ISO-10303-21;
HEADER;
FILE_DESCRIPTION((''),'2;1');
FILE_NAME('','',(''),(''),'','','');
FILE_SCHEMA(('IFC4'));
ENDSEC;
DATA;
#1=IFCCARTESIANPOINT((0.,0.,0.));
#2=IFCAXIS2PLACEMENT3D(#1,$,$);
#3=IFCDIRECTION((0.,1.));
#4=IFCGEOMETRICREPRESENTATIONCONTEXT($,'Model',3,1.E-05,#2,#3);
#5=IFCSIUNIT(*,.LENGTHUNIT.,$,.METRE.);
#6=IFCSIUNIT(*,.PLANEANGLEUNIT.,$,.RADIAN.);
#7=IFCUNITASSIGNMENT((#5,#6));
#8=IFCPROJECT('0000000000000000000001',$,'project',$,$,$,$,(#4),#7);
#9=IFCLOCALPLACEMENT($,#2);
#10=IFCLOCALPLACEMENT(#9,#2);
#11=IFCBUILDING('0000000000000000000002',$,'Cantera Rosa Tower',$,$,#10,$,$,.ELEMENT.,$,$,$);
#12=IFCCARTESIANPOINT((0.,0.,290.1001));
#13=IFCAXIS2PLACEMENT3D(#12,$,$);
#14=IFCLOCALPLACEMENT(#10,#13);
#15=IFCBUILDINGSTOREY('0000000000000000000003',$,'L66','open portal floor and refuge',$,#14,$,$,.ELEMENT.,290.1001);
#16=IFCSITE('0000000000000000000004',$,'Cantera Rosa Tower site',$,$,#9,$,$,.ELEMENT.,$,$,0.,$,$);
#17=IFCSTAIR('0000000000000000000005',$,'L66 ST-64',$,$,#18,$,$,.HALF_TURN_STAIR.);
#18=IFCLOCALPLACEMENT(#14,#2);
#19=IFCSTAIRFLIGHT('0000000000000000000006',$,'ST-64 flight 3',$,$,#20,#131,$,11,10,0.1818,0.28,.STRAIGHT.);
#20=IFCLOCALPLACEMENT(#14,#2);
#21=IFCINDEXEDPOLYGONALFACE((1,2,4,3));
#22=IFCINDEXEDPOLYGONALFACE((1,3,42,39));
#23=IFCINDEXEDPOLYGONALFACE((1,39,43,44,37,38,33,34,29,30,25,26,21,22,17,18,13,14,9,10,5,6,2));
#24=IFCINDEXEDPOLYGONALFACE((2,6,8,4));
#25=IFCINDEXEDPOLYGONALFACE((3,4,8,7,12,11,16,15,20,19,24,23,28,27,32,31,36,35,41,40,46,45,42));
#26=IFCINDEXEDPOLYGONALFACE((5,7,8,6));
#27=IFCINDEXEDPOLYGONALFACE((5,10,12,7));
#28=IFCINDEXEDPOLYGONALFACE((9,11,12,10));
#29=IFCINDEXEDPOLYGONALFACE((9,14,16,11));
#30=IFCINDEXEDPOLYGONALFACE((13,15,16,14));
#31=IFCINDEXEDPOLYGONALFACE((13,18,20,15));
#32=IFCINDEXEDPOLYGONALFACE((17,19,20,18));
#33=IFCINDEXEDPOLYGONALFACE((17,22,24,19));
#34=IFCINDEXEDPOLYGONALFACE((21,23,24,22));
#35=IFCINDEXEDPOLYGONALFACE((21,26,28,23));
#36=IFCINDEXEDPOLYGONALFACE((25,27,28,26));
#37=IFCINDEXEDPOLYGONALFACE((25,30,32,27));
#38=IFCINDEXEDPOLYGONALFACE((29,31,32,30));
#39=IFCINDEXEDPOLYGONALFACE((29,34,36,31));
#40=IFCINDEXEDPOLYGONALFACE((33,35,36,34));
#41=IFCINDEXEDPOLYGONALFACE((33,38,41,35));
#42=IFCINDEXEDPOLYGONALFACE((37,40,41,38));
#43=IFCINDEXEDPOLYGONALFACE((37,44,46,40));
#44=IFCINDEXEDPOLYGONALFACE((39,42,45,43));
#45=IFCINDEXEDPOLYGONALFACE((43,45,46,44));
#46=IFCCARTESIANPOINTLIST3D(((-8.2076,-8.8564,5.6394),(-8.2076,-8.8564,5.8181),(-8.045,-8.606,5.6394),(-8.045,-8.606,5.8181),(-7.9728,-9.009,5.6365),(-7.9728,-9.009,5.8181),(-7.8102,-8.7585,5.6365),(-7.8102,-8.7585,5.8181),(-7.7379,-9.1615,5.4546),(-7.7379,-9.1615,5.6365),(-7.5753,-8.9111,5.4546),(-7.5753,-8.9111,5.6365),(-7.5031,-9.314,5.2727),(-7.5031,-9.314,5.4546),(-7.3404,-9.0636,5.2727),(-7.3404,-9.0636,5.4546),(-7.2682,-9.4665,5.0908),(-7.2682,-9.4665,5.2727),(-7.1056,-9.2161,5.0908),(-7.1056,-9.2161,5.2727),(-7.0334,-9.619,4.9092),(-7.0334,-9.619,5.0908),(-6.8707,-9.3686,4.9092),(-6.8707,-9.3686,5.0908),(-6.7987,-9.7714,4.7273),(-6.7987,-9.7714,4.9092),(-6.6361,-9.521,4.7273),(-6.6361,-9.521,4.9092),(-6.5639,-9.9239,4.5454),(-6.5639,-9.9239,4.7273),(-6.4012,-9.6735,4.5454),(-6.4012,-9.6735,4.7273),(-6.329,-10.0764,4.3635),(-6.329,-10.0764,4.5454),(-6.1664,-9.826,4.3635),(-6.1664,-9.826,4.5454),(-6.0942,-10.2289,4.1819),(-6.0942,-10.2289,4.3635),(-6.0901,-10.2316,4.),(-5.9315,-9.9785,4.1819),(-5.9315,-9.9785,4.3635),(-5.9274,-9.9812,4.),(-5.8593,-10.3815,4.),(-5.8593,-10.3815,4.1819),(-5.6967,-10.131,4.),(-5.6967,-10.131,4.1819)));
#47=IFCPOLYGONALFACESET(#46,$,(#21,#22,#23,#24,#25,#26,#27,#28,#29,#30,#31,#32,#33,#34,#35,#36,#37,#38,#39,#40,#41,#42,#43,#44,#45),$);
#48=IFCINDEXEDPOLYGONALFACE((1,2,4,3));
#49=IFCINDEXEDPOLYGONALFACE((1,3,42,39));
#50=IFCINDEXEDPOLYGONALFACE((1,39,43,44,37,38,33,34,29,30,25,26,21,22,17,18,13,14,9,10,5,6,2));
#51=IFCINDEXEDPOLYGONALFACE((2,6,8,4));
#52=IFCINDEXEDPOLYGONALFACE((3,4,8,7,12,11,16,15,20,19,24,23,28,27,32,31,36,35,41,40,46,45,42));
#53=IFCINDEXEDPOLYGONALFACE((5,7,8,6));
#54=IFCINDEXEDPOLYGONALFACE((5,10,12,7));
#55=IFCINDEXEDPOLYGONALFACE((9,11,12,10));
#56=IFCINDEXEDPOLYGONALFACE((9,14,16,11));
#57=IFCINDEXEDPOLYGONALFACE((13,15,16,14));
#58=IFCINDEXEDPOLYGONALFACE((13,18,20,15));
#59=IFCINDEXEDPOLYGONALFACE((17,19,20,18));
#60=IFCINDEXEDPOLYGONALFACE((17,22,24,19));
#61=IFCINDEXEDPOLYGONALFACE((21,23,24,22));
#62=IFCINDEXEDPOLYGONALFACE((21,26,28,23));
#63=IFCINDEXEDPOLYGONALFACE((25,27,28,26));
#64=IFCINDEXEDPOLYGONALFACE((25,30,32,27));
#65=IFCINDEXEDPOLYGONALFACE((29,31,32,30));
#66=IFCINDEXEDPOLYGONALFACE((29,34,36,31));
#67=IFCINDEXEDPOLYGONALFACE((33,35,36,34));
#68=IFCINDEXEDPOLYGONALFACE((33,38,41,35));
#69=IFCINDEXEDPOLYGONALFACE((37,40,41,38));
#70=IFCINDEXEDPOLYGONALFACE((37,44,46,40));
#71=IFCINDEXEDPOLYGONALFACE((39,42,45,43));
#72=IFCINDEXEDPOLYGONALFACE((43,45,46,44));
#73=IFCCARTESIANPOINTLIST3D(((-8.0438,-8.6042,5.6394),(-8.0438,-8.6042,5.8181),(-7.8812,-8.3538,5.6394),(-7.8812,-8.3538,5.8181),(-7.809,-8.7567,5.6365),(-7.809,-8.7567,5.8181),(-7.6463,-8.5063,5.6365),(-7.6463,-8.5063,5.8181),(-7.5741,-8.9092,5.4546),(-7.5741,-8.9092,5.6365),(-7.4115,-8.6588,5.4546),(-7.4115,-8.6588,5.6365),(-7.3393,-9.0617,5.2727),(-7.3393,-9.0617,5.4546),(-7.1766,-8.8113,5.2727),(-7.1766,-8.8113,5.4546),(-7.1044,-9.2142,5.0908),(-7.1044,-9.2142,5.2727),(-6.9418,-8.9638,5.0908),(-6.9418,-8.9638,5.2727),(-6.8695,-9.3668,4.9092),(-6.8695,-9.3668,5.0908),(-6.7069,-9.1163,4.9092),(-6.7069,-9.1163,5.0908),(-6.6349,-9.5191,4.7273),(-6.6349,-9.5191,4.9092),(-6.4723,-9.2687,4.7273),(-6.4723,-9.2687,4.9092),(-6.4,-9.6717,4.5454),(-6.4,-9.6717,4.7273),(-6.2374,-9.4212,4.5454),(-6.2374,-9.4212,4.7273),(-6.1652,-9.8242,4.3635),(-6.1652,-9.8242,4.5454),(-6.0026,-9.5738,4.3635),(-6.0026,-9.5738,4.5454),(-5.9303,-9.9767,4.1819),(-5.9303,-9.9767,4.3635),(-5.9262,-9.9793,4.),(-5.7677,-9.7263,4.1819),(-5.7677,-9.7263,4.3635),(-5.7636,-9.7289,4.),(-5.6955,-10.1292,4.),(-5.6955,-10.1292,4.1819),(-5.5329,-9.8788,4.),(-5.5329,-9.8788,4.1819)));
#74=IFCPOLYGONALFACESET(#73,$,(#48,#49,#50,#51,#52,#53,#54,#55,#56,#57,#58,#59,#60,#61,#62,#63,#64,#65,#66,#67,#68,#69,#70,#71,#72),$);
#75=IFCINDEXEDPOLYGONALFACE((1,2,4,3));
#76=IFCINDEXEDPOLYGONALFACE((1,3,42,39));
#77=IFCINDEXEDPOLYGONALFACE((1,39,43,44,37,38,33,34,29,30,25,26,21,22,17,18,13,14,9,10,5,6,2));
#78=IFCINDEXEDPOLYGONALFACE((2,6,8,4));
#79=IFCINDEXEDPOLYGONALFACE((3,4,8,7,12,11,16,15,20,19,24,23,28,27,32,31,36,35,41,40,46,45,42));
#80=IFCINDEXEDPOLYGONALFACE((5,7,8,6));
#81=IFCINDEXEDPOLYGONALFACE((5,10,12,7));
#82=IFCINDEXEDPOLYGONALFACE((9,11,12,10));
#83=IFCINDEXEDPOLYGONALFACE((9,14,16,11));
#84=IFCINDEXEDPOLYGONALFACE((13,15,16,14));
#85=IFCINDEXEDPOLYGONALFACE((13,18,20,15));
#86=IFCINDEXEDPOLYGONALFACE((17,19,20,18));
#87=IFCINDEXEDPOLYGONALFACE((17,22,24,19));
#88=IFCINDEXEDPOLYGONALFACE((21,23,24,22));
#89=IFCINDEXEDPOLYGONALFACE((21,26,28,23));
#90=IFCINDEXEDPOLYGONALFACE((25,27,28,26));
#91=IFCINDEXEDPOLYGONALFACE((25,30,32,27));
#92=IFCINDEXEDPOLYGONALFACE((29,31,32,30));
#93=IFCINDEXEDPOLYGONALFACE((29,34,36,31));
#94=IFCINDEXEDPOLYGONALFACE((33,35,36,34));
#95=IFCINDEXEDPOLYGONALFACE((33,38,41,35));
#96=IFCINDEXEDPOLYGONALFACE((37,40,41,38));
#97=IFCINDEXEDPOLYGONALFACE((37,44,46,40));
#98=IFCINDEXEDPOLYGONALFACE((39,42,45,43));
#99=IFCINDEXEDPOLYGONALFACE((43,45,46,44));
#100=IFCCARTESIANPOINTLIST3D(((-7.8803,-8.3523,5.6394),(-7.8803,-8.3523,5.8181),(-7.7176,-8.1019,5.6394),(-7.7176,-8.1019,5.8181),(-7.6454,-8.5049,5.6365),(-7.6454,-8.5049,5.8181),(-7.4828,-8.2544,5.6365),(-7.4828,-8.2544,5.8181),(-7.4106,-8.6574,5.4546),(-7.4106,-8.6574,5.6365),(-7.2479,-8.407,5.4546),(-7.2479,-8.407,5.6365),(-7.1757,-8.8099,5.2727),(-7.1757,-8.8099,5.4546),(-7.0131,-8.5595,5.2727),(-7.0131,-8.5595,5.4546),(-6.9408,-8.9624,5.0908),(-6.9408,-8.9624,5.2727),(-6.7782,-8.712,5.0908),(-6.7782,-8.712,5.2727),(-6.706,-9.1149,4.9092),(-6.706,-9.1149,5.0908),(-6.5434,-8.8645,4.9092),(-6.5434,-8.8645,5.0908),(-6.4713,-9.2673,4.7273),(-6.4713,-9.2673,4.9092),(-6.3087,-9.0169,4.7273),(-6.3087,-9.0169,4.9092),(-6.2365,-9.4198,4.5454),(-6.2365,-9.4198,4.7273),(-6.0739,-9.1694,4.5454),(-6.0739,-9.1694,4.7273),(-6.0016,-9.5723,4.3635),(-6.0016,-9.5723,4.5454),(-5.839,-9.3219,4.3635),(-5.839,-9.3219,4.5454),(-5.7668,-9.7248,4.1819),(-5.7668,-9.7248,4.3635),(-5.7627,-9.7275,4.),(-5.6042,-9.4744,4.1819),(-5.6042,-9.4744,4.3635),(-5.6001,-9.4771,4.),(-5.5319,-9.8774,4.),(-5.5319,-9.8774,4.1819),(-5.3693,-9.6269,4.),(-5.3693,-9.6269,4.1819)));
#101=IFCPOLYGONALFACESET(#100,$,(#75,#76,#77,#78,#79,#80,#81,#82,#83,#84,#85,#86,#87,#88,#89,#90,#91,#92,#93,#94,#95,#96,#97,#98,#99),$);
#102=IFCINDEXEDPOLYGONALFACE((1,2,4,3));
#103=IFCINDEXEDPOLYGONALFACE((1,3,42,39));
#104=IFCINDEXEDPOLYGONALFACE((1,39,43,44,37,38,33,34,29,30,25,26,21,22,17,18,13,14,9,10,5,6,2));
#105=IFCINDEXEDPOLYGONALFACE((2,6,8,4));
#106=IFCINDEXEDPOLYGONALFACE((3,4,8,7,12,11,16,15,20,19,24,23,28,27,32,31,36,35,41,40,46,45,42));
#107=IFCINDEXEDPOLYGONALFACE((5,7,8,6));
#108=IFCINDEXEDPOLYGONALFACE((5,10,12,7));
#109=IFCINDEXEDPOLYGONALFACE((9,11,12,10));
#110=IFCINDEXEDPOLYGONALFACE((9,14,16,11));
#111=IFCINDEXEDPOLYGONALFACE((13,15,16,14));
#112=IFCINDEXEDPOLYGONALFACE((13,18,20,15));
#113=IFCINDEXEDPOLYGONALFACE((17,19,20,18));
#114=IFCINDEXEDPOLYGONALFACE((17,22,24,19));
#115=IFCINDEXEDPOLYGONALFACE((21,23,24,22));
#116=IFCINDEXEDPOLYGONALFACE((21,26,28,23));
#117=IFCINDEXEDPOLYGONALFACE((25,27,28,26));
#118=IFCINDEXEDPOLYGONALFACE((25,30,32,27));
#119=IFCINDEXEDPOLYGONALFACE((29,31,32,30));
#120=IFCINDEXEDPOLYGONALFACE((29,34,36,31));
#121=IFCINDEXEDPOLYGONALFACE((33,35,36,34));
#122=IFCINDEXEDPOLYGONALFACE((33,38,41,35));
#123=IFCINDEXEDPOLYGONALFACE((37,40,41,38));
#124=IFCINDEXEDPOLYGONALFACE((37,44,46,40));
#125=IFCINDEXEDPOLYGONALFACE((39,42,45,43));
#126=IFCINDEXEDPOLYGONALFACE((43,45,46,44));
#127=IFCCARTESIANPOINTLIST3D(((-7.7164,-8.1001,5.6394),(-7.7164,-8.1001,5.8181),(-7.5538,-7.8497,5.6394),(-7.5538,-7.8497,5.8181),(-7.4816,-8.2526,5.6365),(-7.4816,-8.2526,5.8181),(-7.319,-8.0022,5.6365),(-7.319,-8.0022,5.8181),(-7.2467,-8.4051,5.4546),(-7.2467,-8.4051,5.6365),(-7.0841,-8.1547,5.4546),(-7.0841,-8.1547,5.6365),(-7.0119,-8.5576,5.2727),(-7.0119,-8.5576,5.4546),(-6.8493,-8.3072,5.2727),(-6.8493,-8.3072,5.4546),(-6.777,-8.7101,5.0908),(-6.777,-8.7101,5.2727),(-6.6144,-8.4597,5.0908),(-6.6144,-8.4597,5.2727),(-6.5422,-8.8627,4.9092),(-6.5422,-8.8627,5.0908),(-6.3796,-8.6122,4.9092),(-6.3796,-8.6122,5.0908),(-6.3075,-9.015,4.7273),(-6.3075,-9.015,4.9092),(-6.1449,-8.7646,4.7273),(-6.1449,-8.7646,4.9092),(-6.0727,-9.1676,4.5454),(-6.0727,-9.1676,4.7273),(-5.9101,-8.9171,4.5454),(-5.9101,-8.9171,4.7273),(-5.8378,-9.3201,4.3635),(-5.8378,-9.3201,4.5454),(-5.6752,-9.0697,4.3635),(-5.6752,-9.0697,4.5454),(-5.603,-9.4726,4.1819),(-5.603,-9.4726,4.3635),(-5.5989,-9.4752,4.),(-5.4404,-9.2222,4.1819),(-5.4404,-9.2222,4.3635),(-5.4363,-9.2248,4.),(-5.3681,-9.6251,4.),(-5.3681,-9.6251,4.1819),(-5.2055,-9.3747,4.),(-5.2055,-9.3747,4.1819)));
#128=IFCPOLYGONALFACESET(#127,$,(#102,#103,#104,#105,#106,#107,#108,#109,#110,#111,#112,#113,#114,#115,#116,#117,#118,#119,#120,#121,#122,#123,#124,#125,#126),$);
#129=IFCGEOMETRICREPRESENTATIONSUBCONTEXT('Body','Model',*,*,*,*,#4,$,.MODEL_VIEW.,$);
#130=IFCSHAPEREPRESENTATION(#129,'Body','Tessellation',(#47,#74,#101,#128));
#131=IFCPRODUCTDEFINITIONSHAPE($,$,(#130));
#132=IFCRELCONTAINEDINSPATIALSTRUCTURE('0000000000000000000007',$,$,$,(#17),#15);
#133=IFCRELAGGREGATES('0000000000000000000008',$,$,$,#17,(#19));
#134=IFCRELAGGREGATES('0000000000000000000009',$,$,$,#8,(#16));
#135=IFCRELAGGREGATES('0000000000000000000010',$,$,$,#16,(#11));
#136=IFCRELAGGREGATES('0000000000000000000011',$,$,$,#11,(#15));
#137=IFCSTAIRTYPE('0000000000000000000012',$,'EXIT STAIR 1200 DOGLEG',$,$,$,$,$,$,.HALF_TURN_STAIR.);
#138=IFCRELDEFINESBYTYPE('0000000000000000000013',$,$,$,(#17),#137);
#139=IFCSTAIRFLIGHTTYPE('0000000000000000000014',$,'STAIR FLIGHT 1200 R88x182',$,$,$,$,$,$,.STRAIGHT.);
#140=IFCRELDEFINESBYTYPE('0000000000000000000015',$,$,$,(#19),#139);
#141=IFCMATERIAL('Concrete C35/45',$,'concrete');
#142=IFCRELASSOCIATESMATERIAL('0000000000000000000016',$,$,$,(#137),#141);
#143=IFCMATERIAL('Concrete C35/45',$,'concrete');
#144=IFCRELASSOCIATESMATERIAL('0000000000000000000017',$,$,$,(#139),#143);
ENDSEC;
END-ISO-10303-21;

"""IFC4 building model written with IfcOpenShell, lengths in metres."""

from ifc_helpers import new_model, si_unit, direction, frame, origin, place, context, subcontext, project, spatial, polyline, outline, extrude, material, type_object, element, aggregate, save


model = new_model("IFC4")

# Units and contexts
model_context = context("Model", 3, precision=1e-05, world=origin(), true_north=direction((0.0, 1.0)))
body_context = subcontext(model_context, "Body", "Model", "MODEL_VIEW")
ifc_project = project(units=[si_unit("LENGTHUNIT", "METRE"), si_unit("PLANEANGLEUNIT", "RADIAN")], contexts=[model_context])

# Site, building, storey
site_placement = place(None, origin())
site = spatial("IfcSite", under=ifc_project, at=site_placement, Name="Cantera Rosa Tower site", CompositionType="ELEMENT", RefElevation=0.0)
building_placement = place(site_placement, origin())
building = spatial("IfcBuilding", under=site, at=building_placement, Name="Cantera Rosa Tower", CompositionType="ELEMENT")
storey_placement = place(building_placement, frame((0.0, 0.0, 290.1001)))
storey = spatial("IfcBuildingStorey", under=building, at=storey_placement, Name="L66", Description="open portal floor and refuge", CompositionType="ELEMENT", Elevation=290.1001)

# Stair, stair flight
ifc_material_1 = material(Name="Concrete C35/45", Category="concrete")
stair_type = type_object("IfcStairType", Name="EXIT STAIR 1200 DOGLEG", PredefinedType="HALF_TURN_STAIR", material=ifc_material_1)
stair_placement = place(storey_placement, origin())
stair = element("IfcStair", 1, at=stair_placement, inside=storey, type_object=stair_type, Name="L66 ST-64", PredefinedType="HALF_TURN_STAIR")
ifc_material_2 = material(Name="Concrete C35/45", Category="concrete")
stair_flight_type = type_object("IfcStairFlightType", Name="STAIR FLIGHT 1200 R88x182", PredefinedType="STRAIGHT", material=ifc_material_2)
stair_flight_1_placement = place(storey_placement, frame((-5.5325, -9.8782, 4.0), z_axis=(0.0, 0.0, 1.0), x_axis=(-0.838671, 0.544639, 0.0)))
stair_flight_1 = element("IfcStairFlight", 2, at=stair_flight_1_placement, type_object=stair_flight_type, Name="ST-64 flight 3", NumberOfRisers=11, NumberOfTreads=10, PredefinedType="STRAIGHT", RiserHeight=0.1818, TreadLength=0.28, context=body_context, shape_type="SweptSolid", body=[
    extrude(outline(polyline([(0.0, 0.0), (0.0, 0.1819), (0.28, 0.1819), (0.28, 0.3635), (0.5601, 0.3635), (0.5601, 0.5454), (0.8401, 0.5454), (0.8401, 0.7273), (1.1201, 0.7273), (1.1201, 0.9092), (1.3999, 0.9092), (1.3999, 1.0908), (1.6799, 1.0908), (1.6799, 1.2727), (1.96, 1.2727), (1.96, 1.4546), (2.24, 1.4546), (2.24, 1.6365), (2.52, 1.6365), (2.52, 1.8181), (2.8, 1.8181), (2.8, 2.0), (2.8, 1.6394), (0.2751, 0.0), (0.0, 0.0)])), frame((0.0, 0.6001, 0.0), z_axis=(0.0, -1.0, 0.0), x_axis=(1.0, 0.0, 0.0)), (0.0, 0.0, 1.0), 0.2986),
    extrude(outline(polyline([(0.0, 0.0), (0.0, 0.1819), (0.28, 0.1819), (0.28, 0.3635), (0.5601, 0.3635), (0.5601, 0.5454), (0.8401, 0.5454), (0.8401, 0.7273), (1.1201, 0.7273), (1.1201, 0.9092), (1.3999, 0.9092), (1.3999, 1.0908), (1.6799, 1.0908), (1.6799, 1.2727), (1.96, 1.2727), (1.96, 1.4546), (2.24, 1.4546), (2.24, 1.6365), (2.52, 1.6365), (2.52, 1.8181), (2.8, 1.8181), (2.8, 2.0), (2.8, 1.6394), (0.2751, 0.0), (0.0, 0.0)])), frame((0.0, 0.2993, 0.0), z_axis=(0.0, -1.0, 0.0), x_axis=(1.0, 0.0, 0.0)), (0.0, 0.0, 1.0), 0.2986),
    extrude(outline(polyline([(0.0, 0.0), (0.0, 0.1819), (0.28, 0.1819), (0.28, 0.3635), (0.5601, 0.3635), (0.5601, 0.5454), (0.8401, 0.5454), (0.8401, 0.7273), (1.1201, 0.7273), (1.1201, 0.9092), (1.3999, 0.9092), (1.3999, 1.0908), (1.6799, 1.0908), (1.6799, 1.2727), (1.96, 1.2727), (1.96, 1.4546), (2.24, 1.4546), (2.24, 1.6365), (2.52, 1.6365), (2.52, 1.8181), (2.8, 1.8181), (2.8, 2.0), (2.8, 1.6394), (0.2751, 0.0), (0.0, 0.0)])), frame((0.0, -0.001, 0.0), z_axis=(0.0, -1.0, 0.0), x_axis=(1.0, 0.0, 0.0)), (0.0, 0.0, 1.0), 0.2986),
    extrude(outline(polyline([(0.0, 0.0), (0.0, 0.1819), (0.28, 0.1819), (0.28, 0.3635), (0.5601, 0.3635), (0.5601, 0.5454), (0.8401, 0.5454), (0.8401, 0.7273), (1.1201, 0.7273), (1.1201, 0.9092), (1.3999, 0.9092), (1.3999, 1.0908), (1.6799, 1.0908), (1.6799, 1.2727), (1.96, 1.2727), (1.96, 1.4546), (2.24, 1.4546), (2.24, 1.6365), (2.52, 1.6365), (2.52, 1.8181), (2.8, 1.8181), (2.8, 2.0), (2.8, 1.6394), (0.2751, 0.0), (0.0, 0.0)])), frame((0.0, -0.3018, 0.0), z_axis=(0.0, -1.0, 0.0), x_axis=(1.0, 0.0, 0.0)), (0.0, 0.0, 1.0), 0.2986),
])
aggregate(stair, [stair_flight_1])

save(model, "model.ifc")
